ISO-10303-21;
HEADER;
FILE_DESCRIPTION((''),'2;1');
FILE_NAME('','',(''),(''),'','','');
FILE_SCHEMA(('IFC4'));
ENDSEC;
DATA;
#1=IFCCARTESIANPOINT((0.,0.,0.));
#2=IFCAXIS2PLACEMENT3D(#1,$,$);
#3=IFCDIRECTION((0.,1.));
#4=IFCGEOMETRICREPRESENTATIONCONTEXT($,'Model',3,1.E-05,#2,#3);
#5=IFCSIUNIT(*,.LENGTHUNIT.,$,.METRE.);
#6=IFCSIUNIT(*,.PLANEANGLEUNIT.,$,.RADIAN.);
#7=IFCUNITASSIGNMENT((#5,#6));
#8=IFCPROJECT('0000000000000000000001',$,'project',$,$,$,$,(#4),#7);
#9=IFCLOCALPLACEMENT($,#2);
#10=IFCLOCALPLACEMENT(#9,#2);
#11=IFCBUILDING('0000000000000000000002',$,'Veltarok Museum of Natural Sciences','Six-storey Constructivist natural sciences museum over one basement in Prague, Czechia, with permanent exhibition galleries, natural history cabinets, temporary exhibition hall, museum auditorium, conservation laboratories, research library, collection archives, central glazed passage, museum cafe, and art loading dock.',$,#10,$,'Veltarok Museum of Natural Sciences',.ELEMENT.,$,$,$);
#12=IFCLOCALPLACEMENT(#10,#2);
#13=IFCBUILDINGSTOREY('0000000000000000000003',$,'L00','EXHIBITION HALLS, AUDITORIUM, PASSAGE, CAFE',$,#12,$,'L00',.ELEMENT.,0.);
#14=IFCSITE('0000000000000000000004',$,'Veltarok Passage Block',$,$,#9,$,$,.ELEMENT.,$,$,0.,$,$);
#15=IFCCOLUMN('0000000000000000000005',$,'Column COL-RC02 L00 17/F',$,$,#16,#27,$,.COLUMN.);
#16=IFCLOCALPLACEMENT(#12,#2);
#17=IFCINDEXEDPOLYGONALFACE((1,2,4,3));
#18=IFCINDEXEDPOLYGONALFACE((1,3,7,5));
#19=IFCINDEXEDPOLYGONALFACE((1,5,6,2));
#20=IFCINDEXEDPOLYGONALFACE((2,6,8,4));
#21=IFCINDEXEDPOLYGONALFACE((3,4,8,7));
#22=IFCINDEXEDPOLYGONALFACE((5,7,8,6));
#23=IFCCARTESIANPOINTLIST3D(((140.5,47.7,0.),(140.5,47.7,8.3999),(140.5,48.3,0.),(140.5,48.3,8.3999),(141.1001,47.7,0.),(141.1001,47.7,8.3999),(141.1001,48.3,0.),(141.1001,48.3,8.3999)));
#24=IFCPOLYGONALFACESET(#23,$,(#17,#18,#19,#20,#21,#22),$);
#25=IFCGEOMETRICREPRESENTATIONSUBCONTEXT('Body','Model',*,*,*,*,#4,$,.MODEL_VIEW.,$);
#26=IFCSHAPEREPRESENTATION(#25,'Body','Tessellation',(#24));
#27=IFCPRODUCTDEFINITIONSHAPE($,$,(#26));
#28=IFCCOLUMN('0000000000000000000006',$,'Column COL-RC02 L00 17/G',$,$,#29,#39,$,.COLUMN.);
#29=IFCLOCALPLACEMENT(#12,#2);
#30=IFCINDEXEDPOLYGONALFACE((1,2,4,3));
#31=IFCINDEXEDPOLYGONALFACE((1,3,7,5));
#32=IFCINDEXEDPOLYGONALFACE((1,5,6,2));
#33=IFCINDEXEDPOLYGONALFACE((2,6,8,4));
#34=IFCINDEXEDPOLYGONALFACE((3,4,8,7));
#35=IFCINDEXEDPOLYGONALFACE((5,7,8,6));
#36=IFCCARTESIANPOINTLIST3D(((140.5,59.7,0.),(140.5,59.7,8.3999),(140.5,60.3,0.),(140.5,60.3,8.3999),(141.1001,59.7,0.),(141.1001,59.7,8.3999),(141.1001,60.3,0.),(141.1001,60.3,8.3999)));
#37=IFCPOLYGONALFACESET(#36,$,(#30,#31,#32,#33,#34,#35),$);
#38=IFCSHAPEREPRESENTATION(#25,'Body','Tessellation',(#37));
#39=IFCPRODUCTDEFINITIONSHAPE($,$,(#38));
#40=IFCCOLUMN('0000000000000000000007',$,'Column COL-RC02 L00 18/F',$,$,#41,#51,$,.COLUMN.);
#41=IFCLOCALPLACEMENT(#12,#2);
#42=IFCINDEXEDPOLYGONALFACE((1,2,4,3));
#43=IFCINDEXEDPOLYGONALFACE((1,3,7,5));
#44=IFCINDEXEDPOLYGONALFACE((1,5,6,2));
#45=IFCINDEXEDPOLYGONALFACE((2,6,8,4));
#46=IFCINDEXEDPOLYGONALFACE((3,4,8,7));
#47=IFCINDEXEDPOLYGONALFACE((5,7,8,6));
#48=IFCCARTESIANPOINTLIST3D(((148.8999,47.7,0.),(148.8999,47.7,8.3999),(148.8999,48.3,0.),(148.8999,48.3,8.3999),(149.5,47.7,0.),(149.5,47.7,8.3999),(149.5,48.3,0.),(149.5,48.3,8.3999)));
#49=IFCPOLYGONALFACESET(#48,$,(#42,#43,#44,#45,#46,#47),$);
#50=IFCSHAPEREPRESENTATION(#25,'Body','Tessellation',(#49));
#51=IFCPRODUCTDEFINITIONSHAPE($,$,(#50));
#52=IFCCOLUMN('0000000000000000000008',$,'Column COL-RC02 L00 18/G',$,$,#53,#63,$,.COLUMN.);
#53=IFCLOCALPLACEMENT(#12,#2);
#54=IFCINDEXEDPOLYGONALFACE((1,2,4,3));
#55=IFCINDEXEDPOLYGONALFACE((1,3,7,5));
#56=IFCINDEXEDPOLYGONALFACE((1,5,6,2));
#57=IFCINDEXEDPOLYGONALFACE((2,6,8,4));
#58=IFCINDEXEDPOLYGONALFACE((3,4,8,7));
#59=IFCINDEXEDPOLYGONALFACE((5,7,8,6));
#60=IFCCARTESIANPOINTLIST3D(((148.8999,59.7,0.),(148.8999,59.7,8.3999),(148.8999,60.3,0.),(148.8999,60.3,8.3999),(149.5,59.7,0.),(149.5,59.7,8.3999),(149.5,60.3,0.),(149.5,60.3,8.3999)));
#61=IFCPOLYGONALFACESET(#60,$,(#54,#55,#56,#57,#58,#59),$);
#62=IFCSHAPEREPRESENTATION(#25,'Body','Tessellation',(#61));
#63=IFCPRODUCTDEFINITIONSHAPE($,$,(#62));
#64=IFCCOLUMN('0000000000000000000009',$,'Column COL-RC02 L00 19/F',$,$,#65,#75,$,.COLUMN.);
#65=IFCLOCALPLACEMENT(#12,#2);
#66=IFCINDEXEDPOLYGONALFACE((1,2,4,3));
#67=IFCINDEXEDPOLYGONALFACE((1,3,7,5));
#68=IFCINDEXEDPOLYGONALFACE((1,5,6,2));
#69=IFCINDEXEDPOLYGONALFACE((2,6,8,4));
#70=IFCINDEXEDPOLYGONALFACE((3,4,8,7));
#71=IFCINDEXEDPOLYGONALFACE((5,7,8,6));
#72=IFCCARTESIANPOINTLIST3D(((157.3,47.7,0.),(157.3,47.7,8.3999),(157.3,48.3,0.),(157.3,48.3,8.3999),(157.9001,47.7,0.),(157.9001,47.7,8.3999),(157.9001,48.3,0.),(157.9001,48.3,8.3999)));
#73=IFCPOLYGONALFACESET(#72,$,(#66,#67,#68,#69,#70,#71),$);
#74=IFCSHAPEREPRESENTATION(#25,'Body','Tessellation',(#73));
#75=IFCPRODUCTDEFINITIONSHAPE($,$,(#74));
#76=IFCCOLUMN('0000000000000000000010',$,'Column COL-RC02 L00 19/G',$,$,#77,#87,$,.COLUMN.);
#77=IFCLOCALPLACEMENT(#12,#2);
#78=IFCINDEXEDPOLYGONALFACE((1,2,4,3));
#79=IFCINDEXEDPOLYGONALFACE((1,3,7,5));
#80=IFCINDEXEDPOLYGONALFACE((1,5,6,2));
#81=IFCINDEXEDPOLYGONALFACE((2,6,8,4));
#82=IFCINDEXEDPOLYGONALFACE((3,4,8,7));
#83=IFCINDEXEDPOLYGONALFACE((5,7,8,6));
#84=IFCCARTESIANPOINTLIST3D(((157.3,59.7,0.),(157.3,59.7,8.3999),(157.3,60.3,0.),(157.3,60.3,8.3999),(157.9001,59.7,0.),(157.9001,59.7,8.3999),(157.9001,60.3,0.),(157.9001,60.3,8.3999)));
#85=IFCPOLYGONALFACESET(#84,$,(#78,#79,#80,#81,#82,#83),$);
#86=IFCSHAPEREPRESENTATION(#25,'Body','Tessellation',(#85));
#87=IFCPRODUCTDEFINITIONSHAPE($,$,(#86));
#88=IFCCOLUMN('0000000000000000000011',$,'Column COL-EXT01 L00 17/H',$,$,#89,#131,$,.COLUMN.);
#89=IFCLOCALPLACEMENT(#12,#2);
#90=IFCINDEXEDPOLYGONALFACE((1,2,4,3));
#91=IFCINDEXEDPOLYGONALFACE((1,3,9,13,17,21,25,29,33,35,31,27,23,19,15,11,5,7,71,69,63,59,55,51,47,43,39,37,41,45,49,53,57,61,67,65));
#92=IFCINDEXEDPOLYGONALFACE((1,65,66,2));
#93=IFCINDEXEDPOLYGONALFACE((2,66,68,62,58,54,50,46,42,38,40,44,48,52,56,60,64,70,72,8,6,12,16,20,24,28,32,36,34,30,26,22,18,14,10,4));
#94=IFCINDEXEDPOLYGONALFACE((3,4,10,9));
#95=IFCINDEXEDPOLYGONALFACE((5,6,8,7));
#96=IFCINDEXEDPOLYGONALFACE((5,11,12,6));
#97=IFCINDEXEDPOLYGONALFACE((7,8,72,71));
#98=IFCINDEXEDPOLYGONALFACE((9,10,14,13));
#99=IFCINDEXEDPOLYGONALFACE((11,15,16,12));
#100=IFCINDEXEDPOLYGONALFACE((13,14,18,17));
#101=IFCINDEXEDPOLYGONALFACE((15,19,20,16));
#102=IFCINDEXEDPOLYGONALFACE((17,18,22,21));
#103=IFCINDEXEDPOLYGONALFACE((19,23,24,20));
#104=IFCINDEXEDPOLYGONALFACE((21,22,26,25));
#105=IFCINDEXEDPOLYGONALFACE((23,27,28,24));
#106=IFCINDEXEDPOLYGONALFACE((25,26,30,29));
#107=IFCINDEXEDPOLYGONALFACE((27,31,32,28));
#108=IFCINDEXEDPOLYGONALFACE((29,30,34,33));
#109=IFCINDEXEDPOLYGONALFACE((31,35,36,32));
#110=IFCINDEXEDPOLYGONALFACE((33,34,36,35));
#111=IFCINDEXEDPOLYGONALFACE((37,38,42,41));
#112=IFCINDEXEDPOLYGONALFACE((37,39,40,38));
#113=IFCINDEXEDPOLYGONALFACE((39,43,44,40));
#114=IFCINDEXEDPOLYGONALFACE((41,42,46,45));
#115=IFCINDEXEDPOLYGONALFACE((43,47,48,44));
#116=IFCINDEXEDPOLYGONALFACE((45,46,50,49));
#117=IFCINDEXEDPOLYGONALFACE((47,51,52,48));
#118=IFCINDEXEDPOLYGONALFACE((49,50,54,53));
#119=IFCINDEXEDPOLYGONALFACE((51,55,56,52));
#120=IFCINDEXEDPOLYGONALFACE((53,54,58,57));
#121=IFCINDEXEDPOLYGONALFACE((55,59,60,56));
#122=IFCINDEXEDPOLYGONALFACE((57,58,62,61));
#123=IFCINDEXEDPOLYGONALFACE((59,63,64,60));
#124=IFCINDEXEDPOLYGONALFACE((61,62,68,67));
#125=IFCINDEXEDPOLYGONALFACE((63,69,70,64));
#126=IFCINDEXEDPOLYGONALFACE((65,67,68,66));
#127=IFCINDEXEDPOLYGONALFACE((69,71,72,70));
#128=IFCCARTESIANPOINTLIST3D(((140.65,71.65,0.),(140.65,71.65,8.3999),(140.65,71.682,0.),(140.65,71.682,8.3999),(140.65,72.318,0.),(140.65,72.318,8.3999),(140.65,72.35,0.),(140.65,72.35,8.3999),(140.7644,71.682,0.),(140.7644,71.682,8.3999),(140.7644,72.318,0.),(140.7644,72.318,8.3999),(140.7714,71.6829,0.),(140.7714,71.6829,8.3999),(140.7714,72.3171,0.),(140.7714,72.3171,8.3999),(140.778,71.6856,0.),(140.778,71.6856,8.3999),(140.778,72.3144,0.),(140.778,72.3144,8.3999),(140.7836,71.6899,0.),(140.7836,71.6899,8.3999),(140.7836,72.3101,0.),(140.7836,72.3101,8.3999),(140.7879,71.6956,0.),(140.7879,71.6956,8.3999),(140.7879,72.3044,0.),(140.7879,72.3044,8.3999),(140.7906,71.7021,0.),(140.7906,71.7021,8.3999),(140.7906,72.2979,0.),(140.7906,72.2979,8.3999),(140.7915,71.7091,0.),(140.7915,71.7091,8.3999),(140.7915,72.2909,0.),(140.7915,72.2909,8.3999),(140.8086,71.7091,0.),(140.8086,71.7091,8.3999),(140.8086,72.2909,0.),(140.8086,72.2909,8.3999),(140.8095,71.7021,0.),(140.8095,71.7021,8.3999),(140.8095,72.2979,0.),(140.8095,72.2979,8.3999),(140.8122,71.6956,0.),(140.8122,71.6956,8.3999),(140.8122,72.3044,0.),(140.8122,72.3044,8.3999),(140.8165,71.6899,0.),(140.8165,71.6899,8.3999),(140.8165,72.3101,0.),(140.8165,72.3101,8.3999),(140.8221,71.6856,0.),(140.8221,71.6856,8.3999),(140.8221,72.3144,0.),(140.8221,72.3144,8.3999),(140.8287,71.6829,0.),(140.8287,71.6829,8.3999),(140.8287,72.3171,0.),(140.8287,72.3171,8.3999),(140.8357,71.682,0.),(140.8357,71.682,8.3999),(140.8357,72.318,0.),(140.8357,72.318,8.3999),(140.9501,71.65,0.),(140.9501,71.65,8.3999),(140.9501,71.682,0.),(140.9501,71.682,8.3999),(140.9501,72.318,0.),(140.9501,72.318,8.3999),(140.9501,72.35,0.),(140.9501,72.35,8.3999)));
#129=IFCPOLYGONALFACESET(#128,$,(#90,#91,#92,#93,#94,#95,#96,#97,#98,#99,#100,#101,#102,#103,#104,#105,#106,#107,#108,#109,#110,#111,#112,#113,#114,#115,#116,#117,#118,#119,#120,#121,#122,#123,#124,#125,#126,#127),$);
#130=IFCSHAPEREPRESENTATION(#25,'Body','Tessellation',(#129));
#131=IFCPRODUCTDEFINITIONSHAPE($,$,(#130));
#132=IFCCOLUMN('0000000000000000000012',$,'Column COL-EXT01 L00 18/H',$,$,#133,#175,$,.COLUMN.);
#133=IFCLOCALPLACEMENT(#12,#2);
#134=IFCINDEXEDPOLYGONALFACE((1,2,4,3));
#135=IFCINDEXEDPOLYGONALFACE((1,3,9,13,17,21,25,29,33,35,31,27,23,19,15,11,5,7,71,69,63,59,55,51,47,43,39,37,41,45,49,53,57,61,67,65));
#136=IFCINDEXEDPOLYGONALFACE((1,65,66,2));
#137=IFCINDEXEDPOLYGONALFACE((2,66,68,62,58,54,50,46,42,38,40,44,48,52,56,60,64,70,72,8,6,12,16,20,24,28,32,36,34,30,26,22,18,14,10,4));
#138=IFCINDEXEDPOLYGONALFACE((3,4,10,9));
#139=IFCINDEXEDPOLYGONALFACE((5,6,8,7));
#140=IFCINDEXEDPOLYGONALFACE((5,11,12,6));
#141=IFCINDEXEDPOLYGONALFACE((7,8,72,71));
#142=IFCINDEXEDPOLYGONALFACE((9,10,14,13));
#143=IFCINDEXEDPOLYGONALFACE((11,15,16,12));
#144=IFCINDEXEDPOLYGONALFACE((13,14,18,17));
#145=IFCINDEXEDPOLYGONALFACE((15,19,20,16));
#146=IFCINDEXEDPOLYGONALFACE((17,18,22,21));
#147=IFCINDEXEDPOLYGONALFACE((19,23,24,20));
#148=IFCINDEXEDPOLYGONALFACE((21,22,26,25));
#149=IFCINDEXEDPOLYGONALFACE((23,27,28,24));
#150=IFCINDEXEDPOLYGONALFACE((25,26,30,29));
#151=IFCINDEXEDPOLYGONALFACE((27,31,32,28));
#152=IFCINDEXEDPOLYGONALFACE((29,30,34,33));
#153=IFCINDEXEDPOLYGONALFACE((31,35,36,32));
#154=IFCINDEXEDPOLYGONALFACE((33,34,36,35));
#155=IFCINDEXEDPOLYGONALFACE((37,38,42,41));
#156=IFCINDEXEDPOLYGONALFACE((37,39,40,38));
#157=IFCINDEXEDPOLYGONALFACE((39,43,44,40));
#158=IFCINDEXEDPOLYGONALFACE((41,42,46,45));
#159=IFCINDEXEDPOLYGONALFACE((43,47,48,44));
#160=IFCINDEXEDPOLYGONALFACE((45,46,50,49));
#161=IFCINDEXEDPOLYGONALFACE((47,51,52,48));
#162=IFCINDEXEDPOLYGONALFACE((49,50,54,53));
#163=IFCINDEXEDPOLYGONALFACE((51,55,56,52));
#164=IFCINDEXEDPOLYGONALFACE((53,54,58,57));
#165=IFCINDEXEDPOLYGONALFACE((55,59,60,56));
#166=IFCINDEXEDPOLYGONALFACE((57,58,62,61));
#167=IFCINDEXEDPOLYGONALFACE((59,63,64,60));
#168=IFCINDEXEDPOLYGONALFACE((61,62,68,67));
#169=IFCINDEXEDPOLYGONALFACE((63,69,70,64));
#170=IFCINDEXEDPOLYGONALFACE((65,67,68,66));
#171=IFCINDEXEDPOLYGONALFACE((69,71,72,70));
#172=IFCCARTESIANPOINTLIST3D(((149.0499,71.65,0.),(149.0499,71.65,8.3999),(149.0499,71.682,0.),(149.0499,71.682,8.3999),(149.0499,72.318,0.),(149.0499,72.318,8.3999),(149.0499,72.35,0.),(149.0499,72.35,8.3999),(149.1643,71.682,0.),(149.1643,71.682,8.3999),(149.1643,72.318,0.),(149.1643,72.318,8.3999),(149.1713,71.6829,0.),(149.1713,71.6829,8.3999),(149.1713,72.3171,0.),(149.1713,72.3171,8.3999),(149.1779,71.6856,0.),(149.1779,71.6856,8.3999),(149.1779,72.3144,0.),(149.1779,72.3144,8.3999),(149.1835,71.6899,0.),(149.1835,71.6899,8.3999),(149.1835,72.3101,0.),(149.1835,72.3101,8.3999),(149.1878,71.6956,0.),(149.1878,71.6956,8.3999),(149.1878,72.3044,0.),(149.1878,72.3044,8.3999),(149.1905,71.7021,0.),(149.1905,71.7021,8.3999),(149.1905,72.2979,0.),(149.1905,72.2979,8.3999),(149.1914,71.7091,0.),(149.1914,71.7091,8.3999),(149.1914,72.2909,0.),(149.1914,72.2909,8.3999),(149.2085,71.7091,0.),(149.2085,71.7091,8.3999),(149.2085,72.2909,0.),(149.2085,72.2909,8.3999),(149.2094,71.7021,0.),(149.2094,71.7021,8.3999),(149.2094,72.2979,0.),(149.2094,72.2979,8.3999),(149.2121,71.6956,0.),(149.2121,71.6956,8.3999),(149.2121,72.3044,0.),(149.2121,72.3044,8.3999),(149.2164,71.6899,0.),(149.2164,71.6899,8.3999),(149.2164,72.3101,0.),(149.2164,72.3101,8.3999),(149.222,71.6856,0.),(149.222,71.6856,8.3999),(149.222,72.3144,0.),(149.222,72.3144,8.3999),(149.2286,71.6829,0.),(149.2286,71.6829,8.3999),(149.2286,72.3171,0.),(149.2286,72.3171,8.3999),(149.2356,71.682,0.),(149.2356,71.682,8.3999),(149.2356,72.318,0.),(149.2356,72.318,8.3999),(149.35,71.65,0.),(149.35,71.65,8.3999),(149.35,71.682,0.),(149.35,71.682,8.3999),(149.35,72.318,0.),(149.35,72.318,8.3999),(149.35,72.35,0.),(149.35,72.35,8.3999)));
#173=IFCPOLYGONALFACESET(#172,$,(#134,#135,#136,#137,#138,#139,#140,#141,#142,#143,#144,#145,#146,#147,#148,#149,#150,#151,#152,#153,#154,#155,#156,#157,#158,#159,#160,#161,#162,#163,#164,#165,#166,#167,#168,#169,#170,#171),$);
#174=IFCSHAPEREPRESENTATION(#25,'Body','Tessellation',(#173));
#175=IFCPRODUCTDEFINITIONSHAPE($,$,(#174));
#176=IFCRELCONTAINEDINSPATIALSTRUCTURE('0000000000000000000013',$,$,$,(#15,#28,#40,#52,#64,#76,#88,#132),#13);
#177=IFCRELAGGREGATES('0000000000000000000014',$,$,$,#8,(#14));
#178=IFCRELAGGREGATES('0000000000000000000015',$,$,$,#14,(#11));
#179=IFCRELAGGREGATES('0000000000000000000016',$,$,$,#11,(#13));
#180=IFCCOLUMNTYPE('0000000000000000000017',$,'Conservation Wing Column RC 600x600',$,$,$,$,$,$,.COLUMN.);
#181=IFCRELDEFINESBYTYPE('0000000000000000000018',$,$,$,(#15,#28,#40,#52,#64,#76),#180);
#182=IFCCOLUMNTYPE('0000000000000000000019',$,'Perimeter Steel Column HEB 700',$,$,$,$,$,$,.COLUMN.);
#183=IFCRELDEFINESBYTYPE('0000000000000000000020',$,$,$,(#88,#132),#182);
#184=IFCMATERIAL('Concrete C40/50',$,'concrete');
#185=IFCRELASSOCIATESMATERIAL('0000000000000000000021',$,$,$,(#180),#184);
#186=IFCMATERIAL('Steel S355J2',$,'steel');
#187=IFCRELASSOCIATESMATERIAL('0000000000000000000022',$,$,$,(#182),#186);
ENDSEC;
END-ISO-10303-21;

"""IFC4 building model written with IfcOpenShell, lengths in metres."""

from ifc_helpers import new_model, si_unit, direction, frame, origin, origin_2d, place, context, subcontext, project, spatial, rectangle, i_section, extrude, material, material_profile, profile_set, type_object, element, save


model = new_model("IFC4")

# Units and contexts
model_context = context("Model", 3, precision=1e-05, world=origin(), true_north=direction((0.0, 1.0)))
body_context = subcontext(model_context, "Body", "Model", "MODEL_VIEW")
ifc_project = project(units=[si_unit("LENGTHUNIT", "METRE"), si_unit("PLANEANGLEUNIT", "RADIAN")], contexts=[model_context])

# Site, building, storey
site_placement = place(None, origin())
site = spatial("IfcSite", under=ifc_project, at=site_placement, Name="Veltarok Passage Block", CompositionType="ELEMENT", RefElevation=0.0)
building_placement = place(site_placement, origin())
building = spatial("IfcBuilding", under=site, at=building_placement, Name="Veltarok Museum of Natural Sciences", Description="Six-storey Constructivist natural sciences museum over one basement in Prague, Czechia, with permanent exhibition galleries, natural history cabinets, temporary exhibition hall, museum auditorium, conservation laboratories, research library, collection archives, central glazed passage, museum cafe, and art loading dock.", LongName="Veltarok Museum of Natural Sciences", CompositionType="ELEMENT")
storey_placement = place(building_placement, origin())
storey = spatial("IfcBuildingStorey", under=building, at=storey_placement, Name="L00", Description="EXHIBITION HALLS, AUDITORIUM, PASSAGE, CAFE", LongName="L00", CompositionType="ELEMENT", Elevation=0.0)

# Columns
ifc_material_1 = material(Name="Concrete C40/50", Category="concrete")
ifc_material_profile_1 = material_profile(ifc_material_1, rectangle(XDim=0.6001, YDim=0.6001, at=origin_2d()), Name="RC 600x600")
ifc_profile_set_1 = profile_set([ifc_material_profile_1], Name="Concrete C40/50")
column_type_1 = type_object("IfcColumnType", Name="Conservation Wing Column RC 600x600", PredefinedType="COLUMN", material=ifc_profile_set_1)
for number, where, z_axis, x_axis, name in (
    (1, (140.8, 48.0, 0.0), (0.0, 0.0, 1.0), (1.0, 0.0, 0.0), "Column COL-RC02 L00 17/F"),
    (2, (140.8, 60.0, 0.0), (0.0, 0.0, 1.0), (1.0, 0.0, 0.0), "Column COL-RC02 L00 17/G"),
    (3, (149.2, 48.0, 0.0), (0.0, 0.0, 1.0), (1.0, 0.0, 0.0), "Column COL-RC02 L00 18/F"),
    (4, (149.2, 60.0, 0.0), (0.0, 0.0, 1.0), (1.0, 0.0, 0.0), "Column COL-RC02 L00 18/G"),
    (5, (157.6001, 48.0, 0.0), (0.0, 0.0, 1.0), (1.0, 0.0, 0.0), "Column COL-RC02 L00 19/F"),
    (6, (157.6001, 60.0, 0.0), (0.0, 0.0, 1.0), (1.0, 0.0, 0.0), "Column COL-RC02 L00 19/G"),
):
    element("IfcColumn", number, at=place(storey_placement, frame(where, z_axis=z_axis, x_axis=x_axis)), inside=storey, type_object=column_type_1, Name=name, PredefinedType="COLUMN", context=body_context, shape_type="SweptSolid", body=[
        extrude(rectangle(XDim=0.6001, YDim=0.6001, at=origin_2d()), origin(), (0.0, 0.0, 1.0), 8.3999),
    ])
ifc_material_2 = material(Name="Steel S355J2", Category="steel")
ifc_material_profile_2 = material_profile(ifc_material_2, i_section(OverallWidth=0.3, OverallDepth=0.7, WebThickness=0.0171, FlangeThickness=0.032, FilletRadius=0.0271, at=origin_2d()), Name="HEB 700")
ifc_profile_set_2 = profile_set([ifc_material_profile_2], Name="Steel S355J2")
column_type_2 = type_object("IfcColumnType", Name="Perimeter Steel Column HEB 700", PredefinedType="COLUMN", material=ifc_profile_set_2)
for number, where, z_axis, x_axis, name in (
    (7, (140.8, 72.0, 0.0), (0.0, 0.0, 1.0), (1.0, 0.0, 0.0), "Column COL-EXT01 L00 17/H"),
    (8, (149.2, 72.0, 0.0), (0.0, 0.0, 1.0), (1.0, 0.0, 0.0), "Column COL-EXT01 L00 18/H"),
):
    element("IfcColumn", number, at=place(storey_placement, frame(where, z_axis=z_axis, x_axis=x_axis)), inside=storey, type_object=column_type_2, Name=name, PredefinedType="COLUMN", context=body_context, shape_type="SweptSolid", body=[
        extrude(i_section(OverallWidth=0.3, OverallDepth=0.7, WebThickness=0.0171, FlangeThickness=0.032, FilletRadius=0.0271, at=origin_2d()), origin(), (0.0, 0.0, 1.0), 8.3999),
    ])

save(model, "model.ifc")
